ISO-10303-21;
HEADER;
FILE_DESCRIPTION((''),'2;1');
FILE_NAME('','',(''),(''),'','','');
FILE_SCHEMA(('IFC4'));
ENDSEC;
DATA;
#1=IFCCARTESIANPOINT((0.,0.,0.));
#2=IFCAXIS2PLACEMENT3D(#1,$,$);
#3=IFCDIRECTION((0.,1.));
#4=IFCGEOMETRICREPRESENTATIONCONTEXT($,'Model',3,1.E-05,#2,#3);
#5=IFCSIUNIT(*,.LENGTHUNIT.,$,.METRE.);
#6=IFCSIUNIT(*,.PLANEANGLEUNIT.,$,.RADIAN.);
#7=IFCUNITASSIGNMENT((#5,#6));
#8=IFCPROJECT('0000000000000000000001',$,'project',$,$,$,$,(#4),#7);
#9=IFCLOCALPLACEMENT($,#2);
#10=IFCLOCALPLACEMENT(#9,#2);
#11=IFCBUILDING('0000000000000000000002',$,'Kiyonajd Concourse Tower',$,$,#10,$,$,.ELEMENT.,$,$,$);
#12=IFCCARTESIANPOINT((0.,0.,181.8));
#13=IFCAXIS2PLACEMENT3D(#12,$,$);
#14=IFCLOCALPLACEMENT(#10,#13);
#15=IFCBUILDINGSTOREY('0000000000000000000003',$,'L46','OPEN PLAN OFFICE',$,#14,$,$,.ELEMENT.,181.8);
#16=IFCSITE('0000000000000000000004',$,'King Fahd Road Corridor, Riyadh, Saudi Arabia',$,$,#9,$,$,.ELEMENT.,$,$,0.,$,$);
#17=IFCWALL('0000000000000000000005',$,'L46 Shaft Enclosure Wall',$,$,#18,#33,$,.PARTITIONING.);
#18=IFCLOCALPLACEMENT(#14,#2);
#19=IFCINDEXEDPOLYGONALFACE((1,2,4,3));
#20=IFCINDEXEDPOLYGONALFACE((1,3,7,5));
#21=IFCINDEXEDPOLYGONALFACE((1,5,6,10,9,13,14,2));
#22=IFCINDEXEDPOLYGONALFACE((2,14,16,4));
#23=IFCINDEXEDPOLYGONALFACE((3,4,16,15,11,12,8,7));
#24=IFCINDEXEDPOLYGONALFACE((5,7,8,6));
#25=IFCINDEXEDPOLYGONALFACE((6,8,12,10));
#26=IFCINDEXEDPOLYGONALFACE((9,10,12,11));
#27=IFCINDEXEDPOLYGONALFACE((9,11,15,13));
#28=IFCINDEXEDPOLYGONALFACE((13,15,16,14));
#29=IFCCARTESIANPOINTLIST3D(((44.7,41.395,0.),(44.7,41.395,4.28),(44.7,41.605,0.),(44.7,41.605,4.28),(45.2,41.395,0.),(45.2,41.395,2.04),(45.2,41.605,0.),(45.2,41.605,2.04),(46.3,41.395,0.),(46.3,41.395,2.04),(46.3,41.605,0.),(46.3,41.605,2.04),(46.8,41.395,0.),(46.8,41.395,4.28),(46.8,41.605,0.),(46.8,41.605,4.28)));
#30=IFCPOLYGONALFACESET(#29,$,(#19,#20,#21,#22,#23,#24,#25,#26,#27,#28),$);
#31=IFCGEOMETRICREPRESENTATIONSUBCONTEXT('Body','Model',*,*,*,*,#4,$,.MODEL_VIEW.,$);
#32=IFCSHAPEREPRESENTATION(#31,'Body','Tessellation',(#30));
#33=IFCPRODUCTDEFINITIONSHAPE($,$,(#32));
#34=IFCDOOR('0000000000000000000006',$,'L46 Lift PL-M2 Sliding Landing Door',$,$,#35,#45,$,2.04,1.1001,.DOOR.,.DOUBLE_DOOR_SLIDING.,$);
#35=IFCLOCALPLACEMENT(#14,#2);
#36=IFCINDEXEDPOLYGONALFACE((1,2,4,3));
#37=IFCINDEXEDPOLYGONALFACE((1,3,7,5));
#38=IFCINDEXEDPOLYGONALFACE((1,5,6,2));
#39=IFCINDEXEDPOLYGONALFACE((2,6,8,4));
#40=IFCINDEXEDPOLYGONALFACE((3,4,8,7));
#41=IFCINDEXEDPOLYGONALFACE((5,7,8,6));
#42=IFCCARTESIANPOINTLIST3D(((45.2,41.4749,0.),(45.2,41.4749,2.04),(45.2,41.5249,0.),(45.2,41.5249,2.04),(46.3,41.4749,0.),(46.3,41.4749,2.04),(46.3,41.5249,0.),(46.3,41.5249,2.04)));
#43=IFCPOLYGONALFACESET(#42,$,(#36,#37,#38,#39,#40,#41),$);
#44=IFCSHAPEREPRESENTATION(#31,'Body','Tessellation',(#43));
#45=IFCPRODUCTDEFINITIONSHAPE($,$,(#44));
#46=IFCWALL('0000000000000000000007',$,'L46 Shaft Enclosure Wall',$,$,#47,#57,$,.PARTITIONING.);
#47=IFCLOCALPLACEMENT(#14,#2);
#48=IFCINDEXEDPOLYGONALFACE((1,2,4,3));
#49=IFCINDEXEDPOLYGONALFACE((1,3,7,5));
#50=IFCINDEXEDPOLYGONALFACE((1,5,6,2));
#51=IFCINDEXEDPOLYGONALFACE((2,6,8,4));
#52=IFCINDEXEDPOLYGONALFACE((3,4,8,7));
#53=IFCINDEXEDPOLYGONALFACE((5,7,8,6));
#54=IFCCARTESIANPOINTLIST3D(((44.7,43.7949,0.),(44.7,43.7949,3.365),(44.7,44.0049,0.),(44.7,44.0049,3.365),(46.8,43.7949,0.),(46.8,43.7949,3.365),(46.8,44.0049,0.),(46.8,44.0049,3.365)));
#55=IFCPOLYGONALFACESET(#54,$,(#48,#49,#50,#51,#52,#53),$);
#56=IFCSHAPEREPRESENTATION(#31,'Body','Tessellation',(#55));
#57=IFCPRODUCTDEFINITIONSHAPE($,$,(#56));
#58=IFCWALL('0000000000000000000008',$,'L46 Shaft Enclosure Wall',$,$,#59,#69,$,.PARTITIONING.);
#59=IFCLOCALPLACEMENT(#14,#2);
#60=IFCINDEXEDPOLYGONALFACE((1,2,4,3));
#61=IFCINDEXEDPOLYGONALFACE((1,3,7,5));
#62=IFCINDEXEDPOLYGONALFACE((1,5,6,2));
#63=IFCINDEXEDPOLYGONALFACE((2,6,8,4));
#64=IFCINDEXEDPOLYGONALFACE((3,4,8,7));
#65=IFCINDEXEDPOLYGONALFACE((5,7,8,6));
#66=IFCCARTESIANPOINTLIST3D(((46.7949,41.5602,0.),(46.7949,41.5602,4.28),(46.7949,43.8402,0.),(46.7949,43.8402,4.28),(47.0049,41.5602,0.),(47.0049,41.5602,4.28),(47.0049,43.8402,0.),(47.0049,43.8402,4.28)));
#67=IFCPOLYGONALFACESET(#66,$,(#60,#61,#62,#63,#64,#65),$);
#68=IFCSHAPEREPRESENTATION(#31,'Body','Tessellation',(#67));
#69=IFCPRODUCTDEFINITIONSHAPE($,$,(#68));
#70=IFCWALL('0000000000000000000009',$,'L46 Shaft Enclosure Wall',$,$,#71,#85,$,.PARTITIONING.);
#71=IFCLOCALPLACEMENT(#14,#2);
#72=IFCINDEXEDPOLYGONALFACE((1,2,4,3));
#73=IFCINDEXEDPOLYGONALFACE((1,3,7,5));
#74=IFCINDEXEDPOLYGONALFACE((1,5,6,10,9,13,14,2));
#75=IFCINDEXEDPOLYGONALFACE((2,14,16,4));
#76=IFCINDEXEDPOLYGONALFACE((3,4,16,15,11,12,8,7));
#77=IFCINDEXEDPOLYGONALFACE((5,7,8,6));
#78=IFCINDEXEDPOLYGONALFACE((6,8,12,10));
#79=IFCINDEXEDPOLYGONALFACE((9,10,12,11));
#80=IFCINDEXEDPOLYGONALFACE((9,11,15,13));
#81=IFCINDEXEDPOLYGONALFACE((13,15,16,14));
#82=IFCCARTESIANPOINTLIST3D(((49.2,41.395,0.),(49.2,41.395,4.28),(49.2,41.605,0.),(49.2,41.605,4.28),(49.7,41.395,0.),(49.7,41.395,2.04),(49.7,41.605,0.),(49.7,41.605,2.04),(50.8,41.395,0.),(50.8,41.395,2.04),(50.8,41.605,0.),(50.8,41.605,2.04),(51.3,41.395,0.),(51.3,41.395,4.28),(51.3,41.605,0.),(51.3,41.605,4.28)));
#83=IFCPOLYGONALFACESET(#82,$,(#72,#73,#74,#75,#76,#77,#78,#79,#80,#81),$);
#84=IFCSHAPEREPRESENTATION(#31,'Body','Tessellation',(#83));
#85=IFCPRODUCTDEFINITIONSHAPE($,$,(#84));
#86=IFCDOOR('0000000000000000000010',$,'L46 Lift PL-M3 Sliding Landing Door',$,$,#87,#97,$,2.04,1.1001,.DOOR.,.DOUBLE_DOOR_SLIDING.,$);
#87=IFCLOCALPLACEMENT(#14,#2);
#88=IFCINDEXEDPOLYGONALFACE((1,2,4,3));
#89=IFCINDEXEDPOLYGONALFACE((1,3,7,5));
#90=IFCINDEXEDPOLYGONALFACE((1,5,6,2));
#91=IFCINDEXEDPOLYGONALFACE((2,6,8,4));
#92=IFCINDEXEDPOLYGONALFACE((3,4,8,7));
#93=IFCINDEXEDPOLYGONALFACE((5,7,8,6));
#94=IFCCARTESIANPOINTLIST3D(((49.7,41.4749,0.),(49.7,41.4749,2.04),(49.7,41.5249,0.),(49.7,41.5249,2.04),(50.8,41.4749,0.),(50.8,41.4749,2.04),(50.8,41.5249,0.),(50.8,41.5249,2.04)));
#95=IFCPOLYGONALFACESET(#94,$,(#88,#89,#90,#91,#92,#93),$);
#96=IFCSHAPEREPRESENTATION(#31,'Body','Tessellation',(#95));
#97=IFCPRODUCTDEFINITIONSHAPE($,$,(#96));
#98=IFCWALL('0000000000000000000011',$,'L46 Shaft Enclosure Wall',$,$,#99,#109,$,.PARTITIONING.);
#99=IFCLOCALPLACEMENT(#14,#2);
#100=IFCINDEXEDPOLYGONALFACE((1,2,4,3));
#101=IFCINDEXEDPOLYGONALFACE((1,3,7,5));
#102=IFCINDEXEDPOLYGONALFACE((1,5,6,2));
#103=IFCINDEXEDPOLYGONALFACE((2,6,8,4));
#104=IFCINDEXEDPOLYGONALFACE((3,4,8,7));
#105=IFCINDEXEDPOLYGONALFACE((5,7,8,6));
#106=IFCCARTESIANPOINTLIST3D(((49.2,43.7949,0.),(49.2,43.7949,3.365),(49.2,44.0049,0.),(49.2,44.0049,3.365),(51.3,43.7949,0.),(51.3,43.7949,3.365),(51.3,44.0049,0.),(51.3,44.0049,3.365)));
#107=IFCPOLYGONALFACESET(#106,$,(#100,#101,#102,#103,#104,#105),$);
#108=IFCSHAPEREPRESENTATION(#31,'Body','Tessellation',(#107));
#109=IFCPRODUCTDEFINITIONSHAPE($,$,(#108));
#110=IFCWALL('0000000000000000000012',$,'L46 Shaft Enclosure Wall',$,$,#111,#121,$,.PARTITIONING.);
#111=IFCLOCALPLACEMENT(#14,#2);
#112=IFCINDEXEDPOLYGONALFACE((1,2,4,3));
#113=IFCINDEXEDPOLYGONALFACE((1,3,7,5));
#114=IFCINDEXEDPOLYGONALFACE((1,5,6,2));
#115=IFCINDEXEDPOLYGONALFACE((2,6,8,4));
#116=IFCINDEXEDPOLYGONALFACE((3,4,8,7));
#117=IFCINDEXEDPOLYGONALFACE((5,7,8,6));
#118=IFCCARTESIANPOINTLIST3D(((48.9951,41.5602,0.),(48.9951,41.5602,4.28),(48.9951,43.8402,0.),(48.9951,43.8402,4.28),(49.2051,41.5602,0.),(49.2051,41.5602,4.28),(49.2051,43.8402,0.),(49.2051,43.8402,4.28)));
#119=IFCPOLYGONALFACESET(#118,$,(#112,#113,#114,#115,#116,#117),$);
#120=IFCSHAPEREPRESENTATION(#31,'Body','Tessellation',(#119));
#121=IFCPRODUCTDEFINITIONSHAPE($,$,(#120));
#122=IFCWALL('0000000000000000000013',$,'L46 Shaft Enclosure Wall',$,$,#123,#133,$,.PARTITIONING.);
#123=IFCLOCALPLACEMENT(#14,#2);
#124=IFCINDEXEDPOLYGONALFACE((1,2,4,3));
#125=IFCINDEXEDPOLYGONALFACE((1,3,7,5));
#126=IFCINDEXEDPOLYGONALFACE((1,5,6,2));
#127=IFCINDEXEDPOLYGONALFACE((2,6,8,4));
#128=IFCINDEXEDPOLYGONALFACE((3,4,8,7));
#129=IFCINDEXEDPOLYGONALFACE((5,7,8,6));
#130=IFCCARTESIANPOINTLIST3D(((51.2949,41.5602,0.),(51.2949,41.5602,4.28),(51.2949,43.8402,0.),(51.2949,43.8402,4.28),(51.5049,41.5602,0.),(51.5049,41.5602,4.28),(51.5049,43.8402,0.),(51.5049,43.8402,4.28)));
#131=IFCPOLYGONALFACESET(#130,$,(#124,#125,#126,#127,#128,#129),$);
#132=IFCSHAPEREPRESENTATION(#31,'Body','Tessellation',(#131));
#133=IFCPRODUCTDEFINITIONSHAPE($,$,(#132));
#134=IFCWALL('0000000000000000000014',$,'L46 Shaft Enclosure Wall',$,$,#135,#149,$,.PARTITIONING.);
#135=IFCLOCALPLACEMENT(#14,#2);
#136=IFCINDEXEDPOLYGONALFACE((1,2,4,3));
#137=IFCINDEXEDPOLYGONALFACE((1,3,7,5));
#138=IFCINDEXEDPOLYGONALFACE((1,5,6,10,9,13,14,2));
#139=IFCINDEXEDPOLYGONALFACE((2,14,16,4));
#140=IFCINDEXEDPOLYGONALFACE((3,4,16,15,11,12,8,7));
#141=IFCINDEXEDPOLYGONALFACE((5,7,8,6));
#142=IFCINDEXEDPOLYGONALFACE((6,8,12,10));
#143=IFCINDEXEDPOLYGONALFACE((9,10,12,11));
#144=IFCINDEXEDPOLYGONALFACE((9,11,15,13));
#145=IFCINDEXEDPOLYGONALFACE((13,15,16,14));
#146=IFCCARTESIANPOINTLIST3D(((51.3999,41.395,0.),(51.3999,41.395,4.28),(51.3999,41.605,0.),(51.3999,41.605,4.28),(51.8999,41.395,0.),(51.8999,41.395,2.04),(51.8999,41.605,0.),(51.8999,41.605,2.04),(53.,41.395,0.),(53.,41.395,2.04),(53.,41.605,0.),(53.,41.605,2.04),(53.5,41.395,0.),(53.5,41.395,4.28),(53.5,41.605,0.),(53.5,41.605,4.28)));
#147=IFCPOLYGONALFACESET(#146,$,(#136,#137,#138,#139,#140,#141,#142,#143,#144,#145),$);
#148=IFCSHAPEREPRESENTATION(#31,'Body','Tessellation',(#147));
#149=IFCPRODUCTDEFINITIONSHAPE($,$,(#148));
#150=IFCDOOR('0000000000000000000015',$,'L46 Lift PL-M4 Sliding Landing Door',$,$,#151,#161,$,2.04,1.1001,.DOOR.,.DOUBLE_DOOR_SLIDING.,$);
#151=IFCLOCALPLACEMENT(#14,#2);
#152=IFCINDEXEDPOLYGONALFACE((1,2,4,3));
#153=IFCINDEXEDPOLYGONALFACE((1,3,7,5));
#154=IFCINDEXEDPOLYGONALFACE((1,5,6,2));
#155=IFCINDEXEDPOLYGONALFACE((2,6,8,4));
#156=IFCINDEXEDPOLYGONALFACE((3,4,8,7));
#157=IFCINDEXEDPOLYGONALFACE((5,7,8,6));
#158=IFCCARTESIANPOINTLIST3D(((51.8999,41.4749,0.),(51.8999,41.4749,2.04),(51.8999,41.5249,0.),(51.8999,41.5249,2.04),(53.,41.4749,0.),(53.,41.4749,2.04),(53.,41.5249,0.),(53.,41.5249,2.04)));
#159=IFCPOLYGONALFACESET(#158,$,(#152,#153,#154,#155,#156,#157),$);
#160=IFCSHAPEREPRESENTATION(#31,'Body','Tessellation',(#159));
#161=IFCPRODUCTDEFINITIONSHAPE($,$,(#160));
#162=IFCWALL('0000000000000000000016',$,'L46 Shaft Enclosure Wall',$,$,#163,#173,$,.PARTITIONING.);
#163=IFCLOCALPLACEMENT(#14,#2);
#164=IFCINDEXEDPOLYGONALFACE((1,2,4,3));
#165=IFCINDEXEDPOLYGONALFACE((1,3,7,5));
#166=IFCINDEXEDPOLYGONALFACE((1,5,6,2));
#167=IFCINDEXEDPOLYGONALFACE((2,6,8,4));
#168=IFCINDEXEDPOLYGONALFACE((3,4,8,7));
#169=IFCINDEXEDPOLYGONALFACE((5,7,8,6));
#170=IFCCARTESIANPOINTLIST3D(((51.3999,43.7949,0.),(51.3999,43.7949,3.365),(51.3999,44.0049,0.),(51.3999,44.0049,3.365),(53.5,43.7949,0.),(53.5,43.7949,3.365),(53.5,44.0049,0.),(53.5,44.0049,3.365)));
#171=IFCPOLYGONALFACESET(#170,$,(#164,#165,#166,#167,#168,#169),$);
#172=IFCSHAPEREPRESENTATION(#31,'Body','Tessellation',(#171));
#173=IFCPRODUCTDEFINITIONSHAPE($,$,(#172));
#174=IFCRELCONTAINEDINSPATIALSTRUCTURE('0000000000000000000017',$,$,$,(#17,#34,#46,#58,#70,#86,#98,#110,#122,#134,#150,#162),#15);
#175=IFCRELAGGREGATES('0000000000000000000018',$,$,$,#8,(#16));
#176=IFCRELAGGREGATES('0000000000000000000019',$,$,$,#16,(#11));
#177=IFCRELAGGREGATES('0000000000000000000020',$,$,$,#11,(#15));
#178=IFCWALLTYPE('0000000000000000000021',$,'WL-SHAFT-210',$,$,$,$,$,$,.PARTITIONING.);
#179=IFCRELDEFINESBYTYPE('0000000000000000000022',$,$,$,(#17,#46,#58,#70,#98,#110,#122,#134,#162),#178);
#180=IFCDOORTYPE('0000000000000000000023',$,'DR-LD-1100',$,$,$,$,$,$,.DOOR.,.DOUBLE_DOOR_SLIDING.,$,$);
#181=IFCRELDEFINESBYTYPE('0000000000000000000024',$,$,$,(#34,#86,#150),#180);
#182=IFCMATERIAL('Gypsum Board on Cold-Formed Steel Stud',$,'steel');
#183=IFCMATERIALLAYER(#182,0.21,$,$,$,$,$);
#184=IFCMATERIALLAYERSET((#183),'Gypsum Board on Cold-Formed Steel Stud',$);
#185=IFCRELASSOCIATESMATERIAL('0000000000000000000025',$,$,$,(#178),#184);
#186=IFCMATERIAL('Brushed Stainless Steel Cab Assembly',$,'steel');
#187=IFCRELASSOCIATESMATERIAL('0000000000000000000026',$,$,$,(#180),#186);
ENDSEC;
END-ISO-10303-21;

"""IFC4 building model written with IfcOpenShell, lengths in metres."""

from ifc_helpers import new_model, si_unit, direction, frame, frame_2d, origin, place, context, subcontext, project, spatial, rectangle, extrude, material, layer, layer_set, type_object, element, fill, save


model = new_model("IFC4")

# Units and contexts
model_context = context("Model", 3, precision=1e-05, world=origin(), true_north=direction((0.0, 1.0)))
body_context = subcontext(model_context, "Body", "Model", "MODEL_VIEW")
ifc_project = project(units=[si_unit("LENGTHUNIT", "METRE"), si_unit("PLANEANGLEUNIT", "RADIAN")], contexts=[model_context])

# Site, building, storey
site_placement = place(None, origin())
site = spatial("IfcSite", under=ifc_project, at=site_placement, Name="King Fahd Road Corridor, Riyadh, Saudi Arabia", CompositionType="ELEMENT", RefElevation=0.0)
building_placement = place(site_placement, origin())
building = spatial("IfcBuilding", under=site, at=building_placement, Name="Kiyonajd Concourse Tower", CompositionType="ELEMENT")
storey_placement = place(building_placement, frame((0.0, 0.0, 181.8)))
storey = spatial("IfcBuildingStorey", under=building, at=storey_placement, Name="L46", Description="OPEN PLAN OFFICE", CompositionType="ELEMENT", Elevation=181.8)

# Shared definitions
ifc_material_1 = material(Name="Gypsum Board on Cold-Formed Steel Stud", Category="steel")
ifc_layer_1 = layer(ifc_material_1, 0.21)
ifc_layer_set_1 = layer_set([ifc_layer_1], Name="Gypsum Board on Cold-Formed Steel Stud")
wall_type_1 = type_object("IfcWallType", Name="WL-SHAFT-210", PredefinedType="PARTITIONING", material=ifc_layer_set_1)
ifc_material_2 = material(Name="Brushed Stainless Steel Cab Assembly", Category="steel")
door_type_1 = type_object("IfcDoorType", Name="DR-LD-1100", OperationType="DOUBLE_DOOR_SLIDING", PredefinedType="DOOR", material=ifc_material_2)

# Wall, opening, door
wall_1_placement = place(storey_placement, frame((44.7, 41.5, 0.0), z_axis=(0.0, 0.0, 1.0), x_axis=(1.0, 0.0, 0.0)))
wall_1 = element("IfcWall", 1, at=wall_1_placement, inside=storey, type_object=wall_type_1, Name="L46 Shaft Enclosure Wall", PredefinedType="PARTITIONING", context=body_context, shape_type="SweptSolid", body=[
    extrude(rectangle(XDim=2.1001, YDim=0.21, at=frame_2d((1.05, 0.0))), origin(), (0.0, 0.0, 1.0), 4.28),
])
opening_1_placement = place(wall_1_placement, frame((0.5, 0.0, 0.0)))
opening_1 = element("IfcOpeningElement", 2, at=opening_1_placement, cuts=wall_1, PredefinedType="OPENING", context=body_context, shape_type="SweptSolid", body=[
    extrude(rectangle(XDim=1.1001, YDim=2.04, at=frame_2d((0.55, 1.02))), frame((0.0, 0.115, 0.0), z_axis=(0.0, -1.0, 0.0), x_axis=(1.0, 0.0, 0.0)), (0.0, 0.0, 1.0), 0.23),
])
door_1_placement = place(opening_1_placement, origin())
door_1 = element("IfcDoor", 3, at=door_1_placement, inside=storey, type_object=door_type_1, Name="L46 Lift PL-M2 Sliding Landing Door", OperationType="DOUBLE_DOOR_SLIDING", OverallHeight=2.04, OverallWidth=1.1001, PredefinedType="DOOR", context=body_context, shape_type="SweptSolid", body=[
    extrude(rectangle(XDim=1.1001, YDim=2.04, at=frame_2d((0.55, 1.02))), frame((0.0, 0.0249, 0.0), z_axis=(0.0, -1.0, 0.0), x_axis=(1.0, 0.0, 0.0)), (0.0, 0.0, 1.0), 0.05),
])
fill(opening_1, door_1)

# Walls
wall_2_placement = place(storey_placement, frame((44.7, 43.8999, 0.0), z_axis=(0.0, 0.0, 1.0), x_axis=(1.0, 0.0, 0.0)))
element("IfcWall", 4, at=wall_2_placement, inside=storey, type_object=wall_type_1, Name="L46 Shaft Enclosure Wall", PredefinedType="PARTITIONING", context=body_context, shape_type="SweptSolid", body=[
    extrude(rectangle(XDim=2.1001, YDim=0.21, at=frame_2d((1.05, 0.0))), origin(), (0.0, 0.0, 1.0), 3.365),
])
wall_3_placement = place(storey_placement, frame((46.8999, 41.5601, 0.0), z_axis=(0.0, 0.0, 1.0), x_axis=(0.0, 1.0, 0.0)))
element("IfcWall", 5, at=wall_3_placement, inside=storey, type_object=wall_type_1, Name="L46 Shaft Enclosure Wall", PredefinedType="PARTITIONING", context=body_context, shape_type="SweptSolid", body=[
    extrude(rectangle(XDim=2.28, YDim=0.21, at=frame_2d((1.1401, 0.0))), origin(), (0.0, 0.0, 1.0), 4.28),
])

# Wall, opening, door
wall_4_placement = place(storey_placement, frame((49.2, 41.5, 0.0), z_axis=(0.0, 0.0, 1.0), x_axis=(1.0, 0.0, 0.0)))
wall_4 = element("IfcWall", 6, at=wall_4_placement, inside=storey, type_object=wall_type_1, Name="L46 Shaft Enclosure Wall", PredefinedType="PARTITIONING", context=body_context, shape_type="SweptSolid", body=[
    extrude(rectangle(XDim=2.1001, YDim=0.21, at=frame_2d((1.05, 0.0))), origin(), (0.0, 0.0, 1.0), 4.28),
])
opening_2_placement = place(wall_4_placement, frame((0.5, 0.0, 0.0)))
opening_2 = element("IfcOpeningElement", 7, at=opening_2_placement, cuts=wall_4, PredefinedType="OPENING", context=body_context, shape_type="SweptSolid", body=[
    extrude(rectangle(XDim=1.1001, YDim=2.04, at=frame_2d((0.55, 1.02))), frame((0.0, 0.115, 0.0), z_axis=(0.0, -1.0, 0.0), x_axis=(1.0, 0.0, 0.0)), (0.0, 0.0, 1.0), 0.23),
])
door_2_placement = place(opening_2_placement, origin())
door_2 = element("IfcDoor", 8, at=door_2_placement, inside=storey, type_object=door_type_1, Name="L46 Lift PL-M3 Sliding Landing Door", OperationType="DOUBLE_DOOR_SLIDING", OverallHeight=2.04, OverallWidth=1.1001, PredefinedType="DOOR", context=body_context, shape_type="SweptSolid", body=[
    extrude(rectangle(XDim=1.1001, YDim=2.04, at=frame_2d((0.55, 1.02))), frame((0.0, 0.0249, 0.0), z_axis=(0.0, -1.0, 0.0), x_axis=(1.0, 0.0, 0.0)), (0.0, 0.0, 1.0), 0.05),
])
fill(opening_2, door_2)

# Walls
wall_5_placement = place(storey_placement, frame((49.2, 43.8999, 0.0), z_axis=(0.0, 0.0, 1.0), x_axis=(1.0, 0.0, 0.0)))
element("IfcWall", 9, at=wall_5_placement, inside=storey, type_object=wall_type_1, Name="L46 Shaft Enclosure Wall", PredefinedType="PARTITIONING", context=body_context, shape_type="SweptSolid", body=[
    extrude(rectangle(XDim=2.1001, YDim=0.21, at=frame_2d((1.05, 0.0))), origin(), (0.0, 0.0, 1.0), 3.365),
])
for number, where, z_axis, x_axis, name in (
    (10, (49.1001, 41.5601, 0.0), (0.0, 0.0, 1.0), (0.0, 1.0, 0.0), "L46 Shaft Enclosure Wall"),
    (11, (51.3999, 41.5601, 0.0), (0.0, 0.0, 1.0), (0.0, 1.0, 0.0), "L46 Shaft Enclosure Wall"),
):
    element("IfcWall", number, at=place(storey_placement, frame(where, z_axis=z_axis, x_axis=x_axis)), inside=storey, type_object=wall_type_1, Name=name, PredefinedType="PARTITIONING", context=body_context, shape_type="SweptSolid", body=[
        extrude(rectangle(XDim=2.28, YDim=0.21, at=frame_2d((1.1401, 0.0))), origin(), (0.0, 0.0, 1.0), 4.28),
    ])

# Wall, opening, door
wall_6_placement = place(storey_placement, frame((51.3999, 41.5, 0.0), z_axis=(0.0, 0.0, 1.0), x_axis=(1.0, 0.0, 0.0)))
wall_6 = element("IfcWall", 12, at=wall_6_placement, inside=storey, type_object=wall_type_1, Name="L46 Shaft Enclosure Wall", PredefinedType="PARTITIONING", context=body_context, shape_type="SweptSolid", body=[
    extrude(rectangle(XDim=2.1001, YDim=0.21, at=frame_2d((1.05, 0.0))), origin(), (0.0, 0.0, 1.0), 4.28),
])
opening_3_placement = place(wall_6_placement, frame((0.5, 0.0, 0.0)))
opening_3 = element("IfcOpeningElement", 13, at=opening_3_placement, cuts=wall_6, PredefinedType="OPENING", context=body_context, shape_type="SweptSolid", body=[
    extrude(rectangle(XDim=1.1001, YDim=2.04, at=frame_2d((0.55, 1.02))), frame((0.0, 0.115, 0.0), z_axis=(0.0, -1.0, 0.0), x_axis=(1.0, 0.0, 0.0)), (0.0, 0.0, 1.0), 0.23),
])
door_3_placement = place(opening_3_placement, origin())
door_3 = element("IfcDoor", 14, at=door_3_placement, inside=storey, type_object=door_type_1, Name="L46 Lift PL-M4 Sliding Landing Door", OperationType="DOUBLE_DOOR_SLIDING", OverallHeight=2.04, OverallWidth=1.1001, PredefinedType="DOOR", context=body_context, shape_type="SweptSolid", body=[
    extrude(rectangle(XDim=1.1001, YDim=2.04, at=frame_2d((0.55, 1.02))), frame((0.0, 0.0249, 0.0), z_axis=(0.0, -1.0, 0.0), x_axis=(1.0, 0.0, 0.0)), (0.0, 0.0, 1.0), 0.05),
])
fill(opening_3, door_3)

# Wall
wall_7_placement = place(storey_placement, frame((51.3999, 43.8999, 0.0), z_axis=(0.0, 0.0, 1.0), x_axis=(1.0, 0.0, 0.0)))
element("IfcWall", 15, at=wall_7_placement, inside=storey, type_object=wall_type_1, Name="L46 Shaft Enclosure Wall", PredefinedType="PARTITIONING", context=body_context, shape_type="SweptSolid", body=[
    extrude(rectangle(XDim=2.1001, YDim=0.21, at=frame_2d((1.05, 0.0))), origin(), (0.0, 0.0, 1.0), 3.365),
])

save(model, "model.ifc")
